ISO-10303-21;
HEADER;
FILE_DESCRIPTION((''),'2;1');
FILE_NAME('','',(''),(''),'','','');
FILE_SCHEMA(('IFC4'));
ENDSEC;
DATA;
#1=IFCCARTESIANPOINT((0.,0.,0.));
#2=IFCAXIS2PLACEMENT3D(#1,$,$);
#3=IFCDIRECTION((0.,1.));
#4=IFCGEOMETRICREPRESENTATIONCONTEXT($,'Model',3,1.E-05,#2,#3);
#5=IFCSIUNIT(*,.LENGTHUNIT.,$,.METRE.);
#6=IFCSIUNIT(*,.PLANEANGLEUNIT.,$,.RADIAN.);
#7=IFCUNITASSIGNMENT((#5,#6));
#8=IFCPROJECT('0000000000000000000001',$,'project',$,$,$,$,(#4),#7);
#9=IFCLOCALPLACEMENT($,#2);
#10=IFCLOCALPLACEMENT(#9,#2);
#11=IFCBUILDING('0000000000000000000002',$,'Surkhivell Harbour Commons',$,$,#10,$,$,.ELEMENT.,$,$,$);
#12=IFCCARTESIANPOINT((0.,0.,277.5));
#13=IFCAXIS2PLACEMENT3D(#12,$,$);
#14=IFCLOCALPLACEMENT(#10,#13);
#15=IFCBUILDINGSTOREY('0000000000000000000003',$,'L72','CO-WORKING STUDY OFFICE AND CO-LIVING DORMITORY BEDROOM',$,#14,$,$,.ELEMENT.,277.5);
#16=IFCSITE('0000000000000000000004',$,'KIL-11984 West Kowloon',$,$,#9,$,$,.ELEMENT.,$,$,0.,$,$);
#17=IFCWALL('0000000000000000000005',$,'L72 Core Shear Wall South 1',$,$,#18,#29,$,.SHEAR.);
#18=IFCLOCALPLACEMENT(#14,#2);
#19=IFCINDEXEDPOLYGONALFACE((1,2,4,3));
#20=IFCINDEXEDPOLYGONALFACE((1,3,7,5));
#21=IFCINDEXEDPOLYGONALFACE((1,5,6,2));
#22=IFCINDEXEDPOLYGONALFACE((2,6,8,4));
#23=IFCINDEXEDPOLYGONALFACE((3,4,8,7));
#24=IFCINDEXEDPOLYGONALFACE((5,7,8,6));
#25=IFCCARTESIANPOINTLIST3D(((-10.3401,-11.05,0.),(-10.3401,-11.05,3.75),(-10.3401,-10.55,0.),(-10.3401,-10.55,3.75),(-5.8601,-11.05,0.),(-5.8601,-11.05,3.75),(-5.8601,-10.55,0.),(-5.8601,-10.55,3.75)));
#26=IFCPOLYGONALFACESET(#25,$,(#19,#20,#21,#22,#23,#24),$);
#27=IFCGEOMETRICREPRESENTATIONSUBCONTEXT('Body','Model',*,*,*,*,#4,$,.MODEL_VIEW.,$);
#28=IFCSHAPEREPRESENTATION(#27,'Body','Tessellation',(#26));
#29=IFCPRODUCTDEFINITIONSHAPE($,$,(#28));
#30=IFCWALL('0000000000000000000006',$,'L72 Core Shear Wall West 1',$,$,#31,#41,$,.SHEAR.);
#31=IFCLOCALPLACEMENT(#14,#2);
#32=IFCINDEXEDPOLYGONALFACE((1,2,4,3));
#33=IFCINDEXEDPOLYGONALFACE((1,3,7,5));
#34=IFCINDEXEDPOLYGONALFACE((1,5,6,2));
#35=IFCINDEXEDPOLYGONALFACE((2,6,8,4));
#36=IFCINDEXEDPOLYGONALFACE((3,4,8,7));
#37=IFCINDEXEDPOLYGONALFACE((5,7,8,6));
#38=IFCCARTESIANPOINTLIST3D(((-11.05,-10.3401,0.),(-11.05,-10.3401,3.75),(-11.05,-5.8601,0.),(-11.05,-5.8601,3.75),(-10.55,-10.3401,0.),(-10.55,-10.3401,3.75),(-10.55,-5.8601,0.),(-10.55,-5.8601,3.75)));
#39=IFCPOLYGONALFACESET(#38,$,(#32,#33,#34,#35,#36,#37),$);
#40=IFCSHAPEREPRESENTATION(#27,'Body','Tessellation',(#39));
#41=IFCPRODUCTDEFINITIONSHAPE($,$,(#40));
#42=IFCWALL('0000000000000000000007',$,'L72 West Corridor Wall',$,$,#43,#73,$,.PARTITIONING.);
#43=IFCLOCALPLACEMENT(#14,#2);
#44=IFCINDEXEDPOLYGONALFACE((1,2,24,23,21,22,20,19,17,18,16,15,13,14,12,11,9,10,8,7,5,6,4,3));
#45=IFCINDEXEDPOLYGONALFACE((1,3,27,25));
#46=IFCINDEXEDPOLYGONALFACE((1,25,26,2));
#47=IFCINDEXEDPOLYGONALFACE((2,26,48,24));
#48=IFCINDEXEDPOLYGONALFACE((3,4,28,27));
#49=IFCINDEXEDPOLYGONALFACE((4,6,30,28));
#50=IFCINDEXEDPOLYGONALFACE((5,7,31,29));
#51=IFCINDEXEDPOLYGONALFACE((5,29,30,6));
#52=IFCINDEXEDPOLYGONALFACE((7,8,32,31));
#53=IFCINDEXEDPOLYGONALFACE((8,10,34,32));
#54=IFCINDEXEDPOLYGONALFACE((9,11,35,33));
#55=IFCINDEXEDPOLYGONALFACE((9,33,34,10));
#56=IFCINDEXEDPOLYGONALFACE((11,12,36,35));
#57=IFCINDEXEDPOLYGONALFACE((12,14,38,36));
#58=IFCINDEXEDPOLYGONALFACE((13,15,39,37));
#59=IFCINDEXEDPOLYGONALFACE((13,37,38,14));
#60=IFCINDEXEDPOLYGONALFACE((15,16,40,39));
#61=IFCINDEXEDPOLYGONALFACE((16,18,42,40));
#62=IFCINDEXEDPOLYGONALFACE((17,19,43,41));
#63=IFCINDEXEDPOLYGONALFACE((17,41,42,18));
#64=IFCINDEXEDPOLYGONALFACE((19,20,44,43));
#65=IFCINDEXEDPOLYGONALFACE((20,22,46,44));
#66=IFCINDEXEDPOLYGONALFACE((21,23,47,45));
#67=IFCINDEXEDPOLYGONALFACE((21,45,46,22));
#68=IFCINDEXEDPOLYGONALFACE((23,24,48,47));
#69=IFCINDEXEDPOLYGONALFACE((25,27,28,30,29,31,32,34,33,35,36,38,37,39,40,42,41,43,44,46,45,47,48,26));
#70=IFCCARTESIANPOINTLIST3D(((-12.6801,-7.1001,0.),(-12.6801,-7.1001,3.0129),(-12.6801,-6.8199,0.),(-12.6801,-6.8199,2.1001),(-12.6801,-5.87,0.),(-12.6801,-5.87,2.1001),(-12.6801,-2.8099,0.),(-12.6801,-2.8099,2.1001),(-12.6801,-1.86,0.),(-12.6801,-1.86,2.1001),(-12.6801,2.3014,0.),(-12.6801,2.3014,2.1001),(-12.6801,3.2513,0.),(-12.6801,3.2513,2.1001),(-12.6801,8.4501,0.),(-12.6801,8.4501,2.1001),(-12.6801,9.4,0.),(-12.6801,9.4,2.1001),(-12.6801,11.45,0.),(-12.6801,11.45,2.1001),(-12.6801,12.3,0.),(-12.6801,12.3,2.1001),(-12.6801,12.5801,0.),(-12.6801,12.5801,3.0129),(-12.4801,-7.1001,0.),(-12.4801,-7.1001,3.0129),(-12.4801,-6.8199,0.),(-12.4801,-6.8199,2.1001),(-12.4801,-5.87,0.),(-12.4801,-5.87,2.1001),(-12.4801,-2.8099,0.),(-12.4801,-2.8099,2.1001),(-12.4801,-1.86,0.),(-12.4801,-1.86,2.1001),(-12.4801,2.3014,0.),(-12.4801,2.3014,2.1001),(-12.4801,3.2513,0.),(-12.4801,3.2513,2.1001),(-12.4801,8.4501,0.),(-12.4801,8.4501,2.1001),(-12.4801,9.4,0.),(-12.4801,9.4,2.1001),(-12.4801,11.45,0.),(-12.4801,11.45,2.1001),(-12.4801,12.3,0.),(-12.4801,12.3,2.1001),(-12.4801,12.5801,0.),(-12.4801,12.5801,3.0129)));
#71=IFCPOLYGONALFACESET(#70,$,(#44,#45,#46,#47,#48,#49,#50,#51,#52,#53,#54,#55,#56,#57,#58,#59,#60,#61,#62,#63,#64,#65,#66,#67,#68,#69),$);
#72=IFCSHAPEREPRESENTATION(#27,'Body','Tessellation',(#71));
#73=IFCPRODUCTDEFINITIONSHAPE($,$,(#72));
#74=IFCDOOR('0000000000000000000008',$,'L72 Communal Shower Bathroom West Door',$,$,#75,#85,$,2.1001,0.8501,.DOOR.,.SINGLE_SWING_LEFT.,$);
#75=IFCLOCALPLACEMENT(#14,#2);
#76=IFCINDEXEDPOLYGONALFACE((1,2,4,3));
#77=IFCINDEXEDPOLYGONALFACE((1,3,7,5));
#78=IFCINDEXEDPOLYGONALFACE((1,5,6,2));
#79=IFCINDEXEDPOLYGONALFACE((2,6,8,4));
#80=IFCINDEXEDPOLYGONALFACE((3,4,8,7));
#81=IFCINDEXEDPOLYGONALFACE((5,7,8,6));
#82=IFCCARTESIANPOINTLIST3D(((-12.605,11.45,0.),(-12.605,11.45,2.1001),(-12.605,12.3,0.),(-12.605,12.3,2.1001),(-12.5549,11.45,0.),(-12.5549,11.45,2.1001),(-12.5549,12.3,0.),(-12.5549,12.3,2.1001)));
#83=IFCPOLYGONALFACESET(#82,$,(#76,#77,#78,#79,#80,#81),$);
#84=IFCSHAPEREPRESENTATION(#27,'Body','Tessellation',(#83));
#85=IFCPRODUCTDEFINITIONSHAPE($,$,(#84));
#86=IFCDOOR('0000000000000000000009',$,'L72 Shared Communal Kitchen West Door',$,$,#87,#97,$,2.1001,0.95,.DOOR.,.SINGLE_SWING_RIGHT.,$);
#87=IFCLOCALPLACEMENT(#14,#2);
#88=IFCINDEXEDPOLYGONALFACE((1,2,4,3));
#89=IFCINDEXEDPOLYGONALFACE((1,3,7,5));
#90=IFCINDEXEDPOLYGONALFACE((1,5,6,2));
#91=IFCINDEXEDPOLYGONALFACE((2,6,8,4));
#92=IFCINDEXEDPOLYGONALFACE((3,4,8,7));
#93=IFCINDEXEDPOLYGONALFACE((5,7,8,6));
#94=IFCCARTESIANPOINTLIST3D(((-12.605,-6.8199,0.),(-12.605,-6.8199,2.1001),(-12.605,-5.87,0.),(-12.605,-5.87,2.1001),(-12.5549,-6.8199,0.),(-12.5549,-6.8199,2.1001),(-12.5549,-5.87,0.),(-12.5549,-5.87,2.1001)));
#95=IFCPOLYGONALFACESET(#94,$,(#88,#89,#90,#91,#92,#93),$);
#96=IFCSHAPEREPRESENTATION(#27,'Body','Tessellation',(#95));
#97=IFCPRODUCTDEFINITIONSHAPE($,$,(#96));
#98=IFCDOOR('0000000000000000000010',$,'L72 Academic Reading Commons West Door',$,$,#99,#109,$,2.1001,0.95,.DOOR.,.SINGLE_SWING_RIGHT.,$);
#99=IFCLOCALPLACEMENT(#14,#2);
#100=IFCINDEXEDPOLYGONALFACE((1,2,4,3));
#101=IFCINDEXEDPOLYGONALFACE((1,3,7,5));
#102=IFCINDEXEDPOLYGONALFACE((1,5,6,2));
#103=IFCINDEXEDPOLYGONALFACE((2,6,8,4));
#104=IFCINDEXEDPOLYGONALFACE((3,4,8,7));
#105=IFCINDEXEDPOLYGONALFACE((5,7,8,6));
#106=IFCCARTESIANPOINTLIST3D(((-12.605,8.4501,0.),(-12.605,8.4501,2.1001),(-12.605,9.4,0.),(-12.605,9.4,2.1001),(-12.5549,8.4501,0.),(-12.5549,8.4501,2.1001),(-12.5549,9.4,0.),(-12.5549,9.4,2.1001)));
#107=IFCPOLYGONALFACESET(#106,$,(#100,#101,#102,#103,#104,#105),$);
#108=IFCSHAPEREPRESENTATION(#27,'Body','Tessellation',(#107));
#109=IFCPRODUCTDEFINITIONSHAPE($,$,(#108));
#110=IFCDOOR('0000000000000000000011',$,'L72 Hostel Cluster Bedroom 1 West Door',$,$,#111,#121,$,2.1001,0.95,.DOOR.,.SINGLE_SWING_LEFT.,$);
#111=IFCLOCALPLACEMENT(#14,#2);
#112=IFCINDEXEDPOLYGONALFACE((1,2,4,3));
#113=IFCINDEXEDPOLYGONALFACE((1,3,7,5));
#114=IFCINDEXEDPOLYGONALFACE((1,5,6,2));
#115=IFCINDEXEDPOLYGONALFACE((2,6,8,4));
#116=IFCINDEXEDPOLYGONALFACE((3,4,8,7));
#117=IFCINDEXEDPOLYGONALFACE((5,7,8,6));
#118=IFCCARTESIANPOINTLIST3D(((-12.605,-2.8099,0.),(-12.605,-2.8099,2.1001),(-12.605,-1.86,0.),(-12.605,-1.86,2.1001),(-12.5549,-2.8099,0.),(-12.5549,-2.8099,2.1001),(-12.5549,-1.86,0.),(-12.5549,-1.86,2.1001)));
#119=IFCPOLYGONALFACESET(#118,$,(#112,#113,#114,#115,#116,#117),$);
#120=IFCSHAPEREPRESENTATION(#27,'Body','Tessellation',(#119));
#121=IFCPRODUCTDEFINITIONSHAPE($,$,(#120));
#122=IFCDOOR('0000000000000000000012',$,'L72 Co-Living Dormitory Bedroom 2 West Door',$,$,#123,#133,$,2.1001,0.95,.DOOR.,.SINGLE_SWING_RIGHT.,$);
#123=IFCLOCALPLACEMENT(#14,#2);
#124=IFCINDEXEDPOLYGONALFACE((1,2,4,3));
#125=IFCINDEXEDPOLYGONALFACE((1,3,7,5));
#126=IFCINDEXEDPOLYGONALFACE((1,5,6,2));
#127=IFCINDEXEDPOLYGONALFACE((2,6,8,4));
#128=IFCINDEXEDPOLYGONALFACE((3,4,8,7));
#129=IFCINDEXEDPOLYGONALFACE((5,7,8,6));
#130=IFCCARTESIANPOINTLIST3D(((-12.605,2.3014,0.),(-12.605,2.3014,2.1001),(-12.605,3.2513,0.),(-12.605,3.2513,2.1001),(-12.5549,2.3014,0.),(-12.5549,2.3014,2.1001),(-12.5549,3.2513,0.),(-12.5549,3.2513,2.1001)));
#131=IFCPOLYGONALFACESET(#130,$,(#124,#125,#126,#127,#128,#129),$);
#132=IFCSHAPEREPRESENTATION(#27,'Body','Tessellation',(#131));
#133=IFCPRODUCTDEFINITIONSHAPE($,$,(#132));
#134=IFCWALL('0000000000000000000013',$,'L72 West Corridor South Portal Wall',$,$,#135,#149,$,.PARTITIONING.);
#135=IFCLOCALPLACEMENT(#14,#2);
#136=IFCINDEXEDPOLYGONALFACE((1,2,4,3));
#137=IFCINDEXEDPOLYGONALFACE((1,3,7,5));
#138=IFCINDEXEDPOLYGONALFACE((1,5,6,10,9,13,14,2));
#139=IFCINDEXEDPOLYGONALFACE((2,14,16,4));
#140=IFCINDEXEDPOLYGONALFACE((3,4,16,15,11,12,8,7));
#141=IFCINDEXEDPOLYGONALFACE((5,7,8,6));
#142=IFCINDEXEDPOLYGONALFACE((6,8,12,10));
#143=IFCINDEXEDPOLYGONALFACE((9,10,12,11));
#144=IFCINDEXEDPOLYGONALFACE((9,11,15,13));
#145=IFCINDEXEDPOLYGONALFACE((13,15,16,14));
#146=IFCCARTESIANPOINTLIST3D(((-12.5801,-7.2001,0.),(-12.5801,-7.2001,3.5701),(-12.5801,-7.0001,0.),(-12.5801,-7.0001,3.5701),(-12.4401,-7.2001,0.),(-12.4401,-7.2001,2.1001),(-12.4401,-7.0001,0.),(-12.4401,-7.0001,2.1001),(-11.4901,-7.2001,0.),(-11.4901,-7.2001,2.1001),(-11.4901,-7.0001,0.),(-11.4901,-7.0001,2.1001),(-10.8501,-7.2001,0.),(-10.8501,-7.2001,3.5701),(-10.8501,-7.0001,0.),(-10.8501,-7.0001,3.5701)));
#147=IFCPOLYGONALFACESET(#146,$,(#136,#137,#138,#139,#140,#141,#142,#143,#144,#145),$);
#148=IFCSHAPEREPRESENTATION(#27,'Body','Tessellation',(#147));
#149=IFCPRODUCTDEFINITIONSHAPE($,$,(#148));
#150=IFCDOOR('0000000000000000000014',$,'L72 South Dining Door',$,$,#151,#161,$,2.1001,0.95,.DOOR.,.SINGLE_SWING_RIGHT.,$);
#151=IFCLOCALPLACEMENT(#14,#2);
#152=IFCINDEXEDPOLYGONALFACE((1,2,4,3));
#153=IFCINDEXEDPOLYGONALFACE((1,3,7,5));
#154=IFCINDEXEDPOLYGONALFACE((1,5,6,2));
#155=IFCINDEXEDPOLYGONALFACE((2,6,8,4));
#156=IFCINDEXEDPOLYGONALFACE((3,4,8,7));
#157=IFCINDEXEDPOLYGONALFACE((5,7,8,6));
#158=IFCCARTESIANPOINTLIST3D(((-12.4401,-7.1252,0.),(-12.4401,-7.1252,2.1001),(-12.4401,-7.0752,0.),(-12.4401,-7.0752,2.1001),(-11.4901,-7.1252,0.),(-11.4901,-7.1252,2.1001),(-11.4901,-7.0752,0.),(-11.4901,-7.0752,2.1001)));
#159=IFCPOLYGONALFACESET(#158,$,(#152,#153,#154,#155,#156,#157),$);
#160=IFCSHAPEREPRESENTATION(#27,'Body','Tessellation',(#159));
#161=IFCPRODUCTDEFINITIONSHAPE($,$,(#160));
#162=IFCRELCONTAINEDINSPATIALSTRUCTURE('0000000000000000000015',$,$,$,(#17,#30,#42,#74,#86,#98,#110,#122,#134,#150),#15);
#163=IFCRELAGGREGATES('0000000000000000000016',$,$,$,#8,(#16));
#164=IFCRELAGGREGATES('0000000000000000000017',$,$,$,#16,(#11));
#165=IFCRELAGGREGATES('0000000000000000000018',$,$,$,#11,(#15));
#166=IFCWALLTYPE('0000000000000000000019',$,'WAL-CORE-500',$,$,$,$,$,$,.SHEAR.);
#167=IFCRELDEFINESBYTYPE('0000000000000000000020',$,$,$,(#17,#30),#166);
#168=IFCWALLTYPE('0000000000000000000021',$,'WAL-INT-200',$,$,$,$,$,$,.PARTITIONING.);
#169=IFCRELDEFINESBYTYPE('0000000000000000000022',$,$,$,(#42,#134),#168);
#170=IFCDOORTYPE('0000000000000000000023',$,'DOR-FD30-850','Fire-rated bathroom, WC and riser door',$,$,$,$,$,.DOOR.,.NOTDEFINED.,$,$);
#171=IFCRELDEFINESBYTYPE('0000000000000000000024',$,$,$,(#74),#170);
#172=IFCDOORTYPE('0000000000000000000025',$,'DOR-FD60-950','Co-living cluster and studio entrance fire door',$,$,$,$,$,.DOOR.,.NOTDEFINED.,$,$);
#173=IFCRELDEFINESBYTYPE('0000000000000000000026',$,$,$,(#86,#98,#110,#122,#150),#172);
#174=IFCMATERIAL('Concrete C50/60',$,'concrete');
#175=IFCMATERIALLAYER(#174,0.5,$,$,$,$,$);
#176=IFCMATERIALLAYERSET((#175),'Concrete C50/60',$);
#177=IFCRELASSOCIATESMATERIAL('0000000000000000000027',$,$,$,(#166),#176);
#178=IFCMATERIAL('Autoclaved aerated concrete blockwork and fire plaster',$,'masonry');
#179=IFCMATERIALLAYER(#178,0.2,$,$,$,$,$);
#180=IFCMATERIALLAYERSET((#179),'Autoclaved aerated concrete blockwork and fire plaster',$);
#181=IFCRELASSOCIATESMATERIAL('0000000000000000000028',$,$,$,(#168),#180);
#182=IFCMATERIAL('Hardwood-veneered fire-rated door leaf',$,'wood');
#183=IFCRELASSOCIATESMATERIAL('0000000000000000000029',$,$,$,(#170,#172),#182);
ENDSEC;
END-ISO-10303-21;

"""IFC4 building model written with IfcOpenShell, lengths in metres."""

from ifc_helpers import new_model, si_unit, direction, frame, frame_2d, origin, place, context, subcontext, project, spatial, rectangle, extrude, material, layer, layer_set, type_object, element, fill, save


model = new_model("IFC4")

# Units and contexts
model_context = context("Model", 3, precision=1e-05, world=origin(), true_north=direction((0.0, 1.0)))
body_context = subcontext(model_context, "Body", "Model", "MODEL_VIEW")
ifc_project = project(units=[si_unit("LENGTHUNIT", "METRE"), si_unit("PLANEANGLEUNIT", "RADIAN")], contexts=[model_context])

# Site, building, storey
site_placement = place(None, origin())
site = spatial("IfcSite", under=ifc_project, at=site_placement, Name="KIL-11984 West Kowloon", CompositionType="ELEMENT", RefElevation=0.0)
building_placement = place(site_placement, origin())
building = spatial("IfcBuilding", under=site, at=building_placement, Name="Surkhivell Harbour Commons", CompositionType="ELEMENT")
storey_placement = place(building_placement, frame((0.0, 0.0, 277.5)))
storey = spatial("IfcBuildingStorey", under=building, at=storey_placement, Name="L72", Description="CO-WORKING STUDY OFFICE AND CO-LIVING DORMITORY BEDROOM", CompositionType="ELEMENT", Elevation=277.5)

# Walls
ifc_material_1 = material(Name="Concrete C50/60", Category="concrete")
ifc_layer_1 = layer(ifc_material_1, 0.5)
ifc_layer_set_1 = layer_set([ifc_layer_1], Name="Concrete C50/60")
wall_type_1 = type_object("IfcWallType", Name="WAL-CORE-500", PredefinedType="SHEAR", material=ifc_layer_set_1)
for number, where, z_axis, x_axis, name in (
    (1, (-10.3401, -10.8, 0.0), (0.0, 0.0, 1.0), (1.0, 0.0, 0.0), "L72 Core Shear Wall South 1"),
    (2, (-10.8, -10.3401, 0.0), (0.0, 0.0, 1.0), (0.0, 1.0, 0.0), "L72 Core Shear Wall West 1"),
):
    element("IfcWall", number, at=place(storey_placement, frame(where, z_axis=z_axis, x_axis=x_axis)), inside=storey, type_object=wall_type_1, Name=name, PredefinedType="SHEAR", context=body_context, shape_type="SweptSolid", body=[
        extrude(rectangle(XDim=4.48, YDim=0.5, at=frame_2d((2.24, 0.0))), origin(), (0.0, 0.0, 1.0), 3.75),
    ])

# Wall, openings, doors
ifc_material_2 = material(Name="Autoclaved aerated concrete blockwork and fire plaster", Category="masonry")
ifc_layer_2 = layer(ifc_material_2, 0.2)
ifc_layer_set_2 = layer_set([ifc_layer_2], Name="Autoclaved aerated concrete blockwork and fire plaster")
wall_type_2 = type_object("IfcWallType", Name="WAL-INT-200", PredefinedType="PARTITIONING", material=ifc_layer_set_2)
wall_1_placement = place(storey_placement, frame((-12.5801, -7.1001, 0.0), z_axis=(0.0, 0.0, 1.0), x_axis=(0.0, 1.0, 0.0)))
wall_1 = element("IfcWall", 3, at=wall_1_placement, inside=storey, type_object=wall_type_2, Name="L72 West Corridor Wall", PredefinedType="PARTITIONING", context=body_context, shape_type="SweptSolid", body=[
    extrude(rectangle(XDim=19.6802, YDim=0.2, at=frame_2d((9.8401, 0.0))), origin(), (0.0, 0.0, 1.0), 3.0129),
])
opening_1_placement = place(wall_1_placement, frame((0.28, 0.0, 0.0)))
opening_1 = element("IfcOpeningElement", 4, at=opening_1_placement, cuts=wall_1, PredefinedType="OPENING", context=body_context, shape_type="SweptSolid", body=[
    extrude(rectangle(XDim=0.95, YDim=2.1001, at=frame_2d((0.4751, 1.05))), frame((0.0, 0.1099, 0.0), z_axis=(0.0, -1.0, 0.0), x_axis=(1.0, 0.0, 0.0)), (0.0, 0.0, 1.0), 0.22),
])
opening_2_placement = place(wall_1_placement, frame((18.55, 0.0, 0.0)))
opening_2 = element("IfcOpeningElement", 5, at=opening_2_placement, cuts=wall_1, PredefinedType="OPENING", context=body_context, shape_type="SweptSolid", body=[
    extrude(rectangle(XDim=0.8501, YDim=2.1001, at=frame_2d((0.425, 1.05))), frame((0.0, 0.1099, 0.0), z_axis=(0.0, -1.0, 0.0), x_axis=(1.0, 0.0, 0.0)), (0.0, 0.0, 1.0), 0.22),
])
opening_3_placement = place(wall_1_placement, frame((15.55, 0.0, 0.0)))
opening_3 = element("IfcOpeningElement", 6, at=opening_3_placement, cuts=wall_1, PredefinedType="OPENING", context=body_context, shape_type="SweptSolid", body=[
    extrude(rectangle(XDim=0.95, YDim=2.1001, at=frame_2d((0.4751, 1.05))), frame((0.0, 0.1099, 0.0), z_axis=(0.0, -1.0, 0.0), x_axis=(1.0, 0.0, 0.0)), (0.0, 0.0, 1.0), 0.22),
])
opening_4_placement = place(wall_1_placement, frame((4.29, 0.0, 0.0)))
opening_4 = element("IfcOpeningElement", 7, at=opening_4_placement, cuts=wall_1, PredefinedType="OPENING", context=body_context, shape_type="SweptSolid", body=[
    extrude(rectangle(XDim=0.95, YDim=2.1001, at=frame_2d((0.4751, 1.05))), frame((0.0, 0.1099, 0.0), z_axis=(0.0, -1.0, 0.0), x_axis=(1.0, 0.0, 0.0)), (0.0, 0.0, 1.0), 0.22),
])
opening_5_placement = place(wall_1_placement, frame((9.4014, 0.0, 0.0)))
opening_5 = element("IfcOpeningElement", 8, at=opening_5_placement, cuts=wall_1, PredefinedType="OPENING", context=body_context, shape_type="SweptSolid", body=[
    extrude(rectangle(XDim=0.95, YDim=2.1001, at=frame_2d((0.4751, 1.05))), frame((0.0, 0.1099, 0.0), z_axis=(0.0, -1.0, 0.0), x_axis=(1.0, 0.0, 0.0)), (0.0, 0.0, 1.0), 0.22),
])
ifc_material_3 = material(Name="Hardwood-veneered fire-rated door leaf", Category="wood")
door_type_1 = type_object("IfcDoorType", Name="DOR-FD30-850", Description="Fire-rated bathroom, WC and riser door", OperationType="NOTDEFINED", PredefinedType="DOOR", material=ifc_material_3)
door_1_placement = place(opening_2_placement, origin())
door_1 = element("IfcDoor", 9, at=door_1_placement, inside=storey, type_object=door_type_1, Name="L72 Communal Shower Bathroom West Door", OperationType="SINGLE_SWING_LEFT", OverallHeight=2.1001, OverallWidth=0.8501, PredefinedType="DOOR", context=body_context, shape_type="SweptSolid", body=[
    extrude(rectangle(XDim=0.8501, YDim=2.1001, at=frame_2d((0.425, 1.05))), frame((0.0, 0.0249, 0.0), z_axis=(0.0, -1.0, 0.0), x_axis=(1.0, 0.0, 0.0)), (0.0, 0.0, 1.0), 0.05),
])
fill(opening_2, door_1)
door_type_2 = type_object("IfcDoorType", Name="DOR-FD60-950", Description="Co-living cluster and studio entrance fire door", OperationType="NOTDEFINED", PredefinedType="DOOR", material=ifc_material_3)
door_2_placement = place(opening_1_placement, origin())
door_2 = element("IfcDoor", 10, at=door_2_placement, inside=storey, type_object=door_type_2, Name="L72 Shared Communal Kitchen West Door", OperationType="SINGLE_SWING_RIGHT", OverallHeight=2.1001, OverallWidth=0.95, PredefinedType="DOOR", context=body_context, shape_type="SweptSolid", body=[
    extrude(rectangle(XDim=0.95, YDim=2.1001, at=frame_2d((0.4751, 1.05))), frame((0.0, 0.0249, 0.0), z_axis=(0.0, -1.0, 0.0), x_axis=(1.0, 0.0, 0.0)), (0.0, 0.0, 1.0), 0.05),
])
fill(opening_1, door_2)
door_3_placement = place(opening_3_placement, origin())
door_3 = element("IfcDoor", 11, at=door_3_placement, inside=storey, type_object=door_type_2, Name="L72 Academic Reading Commons West Door", OperationType="SINGLE_SWING_RIGHT", OverallHeight=2.1001, OverallWidth=0.95, PredefinedType="DOOR", context=body_context, shape_type="SweptSolid", body=[
    extrude(rectangle(XDim=0.95, YDim=2.1001, at=frame_2d((0.4751, 1.05))), frame((0.0, 0.0249, 0.0), z_axis=(0.0, -1.0, 0.0), x_axis=(1.0, 0.0, 0.0)), (0.0, 0.0, 1.0), 0.05),
])
fill(opening_3, door_3)
door_4_placement = place(opening_4_placement, origin())
door_4 = element("IfcDoor", 12, at=door_4_placement, inside=storey, type_object=door_type_2, Name="L72 Hostel Cluster Bedroom 1 West Door", OperationType="SINGLE_SWING_LEFT", OverallHeight=2.1001, OverallWidth=0.95, PredefinedType="DOOR", context=body_context, shape_type="SweptSolid", body=[
    extrude(rectangle(XDim=0.95, YDim=2.1001, at=frame_2d((0.4751, 1.05))), frame((0.0, 0.0249, 0.0), z_axis=(0.0, -1.0, 0.0), x_axis=(1.0, 0.0, 0.0)), (0.0, 0.0, 1.0), 0.05),
])
fill(opening_4, door_4)
door_5_placement = place(opening_5_placement, origin())
door_5 = element("IfcDoor", 13, at=door_5_placement, inside=storey, type_object=door_type_2, Name="L72 Co-Living Dormitory Bedroom 2 West Door", OperationType="SINGLE_SWING_RIGHT", OverallHeight=2.1001, OverallWidth=0.95, PredefinedType="DOOR", context=body_context, shape_type="SweptSolid", body=[
    extrude(rectangle(XDim=0.95, YDim=2.1001, at=frame_2d((0.4751, 1.05))), frame((0.0, 0.0249, 0.0), z_axis=(0.0, -1.0, 0.0), x_axis=(1.0, 0.0, 0.0)), (0.0, 0.0, 1.0), 0.05),
])
fill(opening_5, door_5)

# Wall, opening, door
wall_2_placement = place(storey_placement, frame((-12.5801, -7.1001, 0.0), z_axis=(0.0, 0.0, 1.0), x_axis=(1.0, 0.0, 0.0)))
wall_2 = element("IfcWall", 14, at=wall_2_placement, inside=storey, type_object=wall_type_2, Name="L72 West Corridor South Portal Wall", PredefinedType="PARTITIONING", context=body_context, shape_type="SweptSolid", body=[
    extrude(rectangle(XDim=1.73, YDim=0.2, at=frame_2d((0.865, 0.0))), origin(), (0.0, 0.0, 1.0), 3.5701),
])
opening_6_placement = place(wall_2_placement, frame((0.1399, 0.0, 0.0)))
opening_6 = element("IfcOpeningElement", 15, at=opening_6_placement, cuts=wall_2, PredefinedType="OPENING", context=body_context, shape_type="SweptSolid", body=[
    extrude(rectangle(XDim=0.95, YDim=2.1001, at=frame_2d((0.4751, 1.05))), frame((0.0, 0.1099, 0.0), z_axis=(0.0, -1.0, 0.0), x_axis=(1.0, 0.0, 0.0)), (0.0, 0.0, 1.0), 0.22),
])
door_6_placement = place(opening_6_placement, origin())
door_6 = element("IfcDoor", 16, at=door_6_placement, inside=storey, type_object=door_type_2, Name="L72 South Dining Door", OperationType="SINGLE_SWING_RIGHT", OverallHeight=2.1001, OverallWidth=0.95, PredefinedType="DOOR", context=body_context, shape_type="SweptSolid", body=[
    extrude(rectangle(XDim=0.95, YDim=2.1001, at=frame_2d((0.4751, 1.05))), frame((0.0, 0.0249, 0.0), z_axis=(0.0, -1.0, 0.0), x_axis=(1.0, 0.0, 0.0)), (0.0, 0.0, 1.0), 0.05),
])
fill(opening_6, door_6)

save(model, "model.ifc")
